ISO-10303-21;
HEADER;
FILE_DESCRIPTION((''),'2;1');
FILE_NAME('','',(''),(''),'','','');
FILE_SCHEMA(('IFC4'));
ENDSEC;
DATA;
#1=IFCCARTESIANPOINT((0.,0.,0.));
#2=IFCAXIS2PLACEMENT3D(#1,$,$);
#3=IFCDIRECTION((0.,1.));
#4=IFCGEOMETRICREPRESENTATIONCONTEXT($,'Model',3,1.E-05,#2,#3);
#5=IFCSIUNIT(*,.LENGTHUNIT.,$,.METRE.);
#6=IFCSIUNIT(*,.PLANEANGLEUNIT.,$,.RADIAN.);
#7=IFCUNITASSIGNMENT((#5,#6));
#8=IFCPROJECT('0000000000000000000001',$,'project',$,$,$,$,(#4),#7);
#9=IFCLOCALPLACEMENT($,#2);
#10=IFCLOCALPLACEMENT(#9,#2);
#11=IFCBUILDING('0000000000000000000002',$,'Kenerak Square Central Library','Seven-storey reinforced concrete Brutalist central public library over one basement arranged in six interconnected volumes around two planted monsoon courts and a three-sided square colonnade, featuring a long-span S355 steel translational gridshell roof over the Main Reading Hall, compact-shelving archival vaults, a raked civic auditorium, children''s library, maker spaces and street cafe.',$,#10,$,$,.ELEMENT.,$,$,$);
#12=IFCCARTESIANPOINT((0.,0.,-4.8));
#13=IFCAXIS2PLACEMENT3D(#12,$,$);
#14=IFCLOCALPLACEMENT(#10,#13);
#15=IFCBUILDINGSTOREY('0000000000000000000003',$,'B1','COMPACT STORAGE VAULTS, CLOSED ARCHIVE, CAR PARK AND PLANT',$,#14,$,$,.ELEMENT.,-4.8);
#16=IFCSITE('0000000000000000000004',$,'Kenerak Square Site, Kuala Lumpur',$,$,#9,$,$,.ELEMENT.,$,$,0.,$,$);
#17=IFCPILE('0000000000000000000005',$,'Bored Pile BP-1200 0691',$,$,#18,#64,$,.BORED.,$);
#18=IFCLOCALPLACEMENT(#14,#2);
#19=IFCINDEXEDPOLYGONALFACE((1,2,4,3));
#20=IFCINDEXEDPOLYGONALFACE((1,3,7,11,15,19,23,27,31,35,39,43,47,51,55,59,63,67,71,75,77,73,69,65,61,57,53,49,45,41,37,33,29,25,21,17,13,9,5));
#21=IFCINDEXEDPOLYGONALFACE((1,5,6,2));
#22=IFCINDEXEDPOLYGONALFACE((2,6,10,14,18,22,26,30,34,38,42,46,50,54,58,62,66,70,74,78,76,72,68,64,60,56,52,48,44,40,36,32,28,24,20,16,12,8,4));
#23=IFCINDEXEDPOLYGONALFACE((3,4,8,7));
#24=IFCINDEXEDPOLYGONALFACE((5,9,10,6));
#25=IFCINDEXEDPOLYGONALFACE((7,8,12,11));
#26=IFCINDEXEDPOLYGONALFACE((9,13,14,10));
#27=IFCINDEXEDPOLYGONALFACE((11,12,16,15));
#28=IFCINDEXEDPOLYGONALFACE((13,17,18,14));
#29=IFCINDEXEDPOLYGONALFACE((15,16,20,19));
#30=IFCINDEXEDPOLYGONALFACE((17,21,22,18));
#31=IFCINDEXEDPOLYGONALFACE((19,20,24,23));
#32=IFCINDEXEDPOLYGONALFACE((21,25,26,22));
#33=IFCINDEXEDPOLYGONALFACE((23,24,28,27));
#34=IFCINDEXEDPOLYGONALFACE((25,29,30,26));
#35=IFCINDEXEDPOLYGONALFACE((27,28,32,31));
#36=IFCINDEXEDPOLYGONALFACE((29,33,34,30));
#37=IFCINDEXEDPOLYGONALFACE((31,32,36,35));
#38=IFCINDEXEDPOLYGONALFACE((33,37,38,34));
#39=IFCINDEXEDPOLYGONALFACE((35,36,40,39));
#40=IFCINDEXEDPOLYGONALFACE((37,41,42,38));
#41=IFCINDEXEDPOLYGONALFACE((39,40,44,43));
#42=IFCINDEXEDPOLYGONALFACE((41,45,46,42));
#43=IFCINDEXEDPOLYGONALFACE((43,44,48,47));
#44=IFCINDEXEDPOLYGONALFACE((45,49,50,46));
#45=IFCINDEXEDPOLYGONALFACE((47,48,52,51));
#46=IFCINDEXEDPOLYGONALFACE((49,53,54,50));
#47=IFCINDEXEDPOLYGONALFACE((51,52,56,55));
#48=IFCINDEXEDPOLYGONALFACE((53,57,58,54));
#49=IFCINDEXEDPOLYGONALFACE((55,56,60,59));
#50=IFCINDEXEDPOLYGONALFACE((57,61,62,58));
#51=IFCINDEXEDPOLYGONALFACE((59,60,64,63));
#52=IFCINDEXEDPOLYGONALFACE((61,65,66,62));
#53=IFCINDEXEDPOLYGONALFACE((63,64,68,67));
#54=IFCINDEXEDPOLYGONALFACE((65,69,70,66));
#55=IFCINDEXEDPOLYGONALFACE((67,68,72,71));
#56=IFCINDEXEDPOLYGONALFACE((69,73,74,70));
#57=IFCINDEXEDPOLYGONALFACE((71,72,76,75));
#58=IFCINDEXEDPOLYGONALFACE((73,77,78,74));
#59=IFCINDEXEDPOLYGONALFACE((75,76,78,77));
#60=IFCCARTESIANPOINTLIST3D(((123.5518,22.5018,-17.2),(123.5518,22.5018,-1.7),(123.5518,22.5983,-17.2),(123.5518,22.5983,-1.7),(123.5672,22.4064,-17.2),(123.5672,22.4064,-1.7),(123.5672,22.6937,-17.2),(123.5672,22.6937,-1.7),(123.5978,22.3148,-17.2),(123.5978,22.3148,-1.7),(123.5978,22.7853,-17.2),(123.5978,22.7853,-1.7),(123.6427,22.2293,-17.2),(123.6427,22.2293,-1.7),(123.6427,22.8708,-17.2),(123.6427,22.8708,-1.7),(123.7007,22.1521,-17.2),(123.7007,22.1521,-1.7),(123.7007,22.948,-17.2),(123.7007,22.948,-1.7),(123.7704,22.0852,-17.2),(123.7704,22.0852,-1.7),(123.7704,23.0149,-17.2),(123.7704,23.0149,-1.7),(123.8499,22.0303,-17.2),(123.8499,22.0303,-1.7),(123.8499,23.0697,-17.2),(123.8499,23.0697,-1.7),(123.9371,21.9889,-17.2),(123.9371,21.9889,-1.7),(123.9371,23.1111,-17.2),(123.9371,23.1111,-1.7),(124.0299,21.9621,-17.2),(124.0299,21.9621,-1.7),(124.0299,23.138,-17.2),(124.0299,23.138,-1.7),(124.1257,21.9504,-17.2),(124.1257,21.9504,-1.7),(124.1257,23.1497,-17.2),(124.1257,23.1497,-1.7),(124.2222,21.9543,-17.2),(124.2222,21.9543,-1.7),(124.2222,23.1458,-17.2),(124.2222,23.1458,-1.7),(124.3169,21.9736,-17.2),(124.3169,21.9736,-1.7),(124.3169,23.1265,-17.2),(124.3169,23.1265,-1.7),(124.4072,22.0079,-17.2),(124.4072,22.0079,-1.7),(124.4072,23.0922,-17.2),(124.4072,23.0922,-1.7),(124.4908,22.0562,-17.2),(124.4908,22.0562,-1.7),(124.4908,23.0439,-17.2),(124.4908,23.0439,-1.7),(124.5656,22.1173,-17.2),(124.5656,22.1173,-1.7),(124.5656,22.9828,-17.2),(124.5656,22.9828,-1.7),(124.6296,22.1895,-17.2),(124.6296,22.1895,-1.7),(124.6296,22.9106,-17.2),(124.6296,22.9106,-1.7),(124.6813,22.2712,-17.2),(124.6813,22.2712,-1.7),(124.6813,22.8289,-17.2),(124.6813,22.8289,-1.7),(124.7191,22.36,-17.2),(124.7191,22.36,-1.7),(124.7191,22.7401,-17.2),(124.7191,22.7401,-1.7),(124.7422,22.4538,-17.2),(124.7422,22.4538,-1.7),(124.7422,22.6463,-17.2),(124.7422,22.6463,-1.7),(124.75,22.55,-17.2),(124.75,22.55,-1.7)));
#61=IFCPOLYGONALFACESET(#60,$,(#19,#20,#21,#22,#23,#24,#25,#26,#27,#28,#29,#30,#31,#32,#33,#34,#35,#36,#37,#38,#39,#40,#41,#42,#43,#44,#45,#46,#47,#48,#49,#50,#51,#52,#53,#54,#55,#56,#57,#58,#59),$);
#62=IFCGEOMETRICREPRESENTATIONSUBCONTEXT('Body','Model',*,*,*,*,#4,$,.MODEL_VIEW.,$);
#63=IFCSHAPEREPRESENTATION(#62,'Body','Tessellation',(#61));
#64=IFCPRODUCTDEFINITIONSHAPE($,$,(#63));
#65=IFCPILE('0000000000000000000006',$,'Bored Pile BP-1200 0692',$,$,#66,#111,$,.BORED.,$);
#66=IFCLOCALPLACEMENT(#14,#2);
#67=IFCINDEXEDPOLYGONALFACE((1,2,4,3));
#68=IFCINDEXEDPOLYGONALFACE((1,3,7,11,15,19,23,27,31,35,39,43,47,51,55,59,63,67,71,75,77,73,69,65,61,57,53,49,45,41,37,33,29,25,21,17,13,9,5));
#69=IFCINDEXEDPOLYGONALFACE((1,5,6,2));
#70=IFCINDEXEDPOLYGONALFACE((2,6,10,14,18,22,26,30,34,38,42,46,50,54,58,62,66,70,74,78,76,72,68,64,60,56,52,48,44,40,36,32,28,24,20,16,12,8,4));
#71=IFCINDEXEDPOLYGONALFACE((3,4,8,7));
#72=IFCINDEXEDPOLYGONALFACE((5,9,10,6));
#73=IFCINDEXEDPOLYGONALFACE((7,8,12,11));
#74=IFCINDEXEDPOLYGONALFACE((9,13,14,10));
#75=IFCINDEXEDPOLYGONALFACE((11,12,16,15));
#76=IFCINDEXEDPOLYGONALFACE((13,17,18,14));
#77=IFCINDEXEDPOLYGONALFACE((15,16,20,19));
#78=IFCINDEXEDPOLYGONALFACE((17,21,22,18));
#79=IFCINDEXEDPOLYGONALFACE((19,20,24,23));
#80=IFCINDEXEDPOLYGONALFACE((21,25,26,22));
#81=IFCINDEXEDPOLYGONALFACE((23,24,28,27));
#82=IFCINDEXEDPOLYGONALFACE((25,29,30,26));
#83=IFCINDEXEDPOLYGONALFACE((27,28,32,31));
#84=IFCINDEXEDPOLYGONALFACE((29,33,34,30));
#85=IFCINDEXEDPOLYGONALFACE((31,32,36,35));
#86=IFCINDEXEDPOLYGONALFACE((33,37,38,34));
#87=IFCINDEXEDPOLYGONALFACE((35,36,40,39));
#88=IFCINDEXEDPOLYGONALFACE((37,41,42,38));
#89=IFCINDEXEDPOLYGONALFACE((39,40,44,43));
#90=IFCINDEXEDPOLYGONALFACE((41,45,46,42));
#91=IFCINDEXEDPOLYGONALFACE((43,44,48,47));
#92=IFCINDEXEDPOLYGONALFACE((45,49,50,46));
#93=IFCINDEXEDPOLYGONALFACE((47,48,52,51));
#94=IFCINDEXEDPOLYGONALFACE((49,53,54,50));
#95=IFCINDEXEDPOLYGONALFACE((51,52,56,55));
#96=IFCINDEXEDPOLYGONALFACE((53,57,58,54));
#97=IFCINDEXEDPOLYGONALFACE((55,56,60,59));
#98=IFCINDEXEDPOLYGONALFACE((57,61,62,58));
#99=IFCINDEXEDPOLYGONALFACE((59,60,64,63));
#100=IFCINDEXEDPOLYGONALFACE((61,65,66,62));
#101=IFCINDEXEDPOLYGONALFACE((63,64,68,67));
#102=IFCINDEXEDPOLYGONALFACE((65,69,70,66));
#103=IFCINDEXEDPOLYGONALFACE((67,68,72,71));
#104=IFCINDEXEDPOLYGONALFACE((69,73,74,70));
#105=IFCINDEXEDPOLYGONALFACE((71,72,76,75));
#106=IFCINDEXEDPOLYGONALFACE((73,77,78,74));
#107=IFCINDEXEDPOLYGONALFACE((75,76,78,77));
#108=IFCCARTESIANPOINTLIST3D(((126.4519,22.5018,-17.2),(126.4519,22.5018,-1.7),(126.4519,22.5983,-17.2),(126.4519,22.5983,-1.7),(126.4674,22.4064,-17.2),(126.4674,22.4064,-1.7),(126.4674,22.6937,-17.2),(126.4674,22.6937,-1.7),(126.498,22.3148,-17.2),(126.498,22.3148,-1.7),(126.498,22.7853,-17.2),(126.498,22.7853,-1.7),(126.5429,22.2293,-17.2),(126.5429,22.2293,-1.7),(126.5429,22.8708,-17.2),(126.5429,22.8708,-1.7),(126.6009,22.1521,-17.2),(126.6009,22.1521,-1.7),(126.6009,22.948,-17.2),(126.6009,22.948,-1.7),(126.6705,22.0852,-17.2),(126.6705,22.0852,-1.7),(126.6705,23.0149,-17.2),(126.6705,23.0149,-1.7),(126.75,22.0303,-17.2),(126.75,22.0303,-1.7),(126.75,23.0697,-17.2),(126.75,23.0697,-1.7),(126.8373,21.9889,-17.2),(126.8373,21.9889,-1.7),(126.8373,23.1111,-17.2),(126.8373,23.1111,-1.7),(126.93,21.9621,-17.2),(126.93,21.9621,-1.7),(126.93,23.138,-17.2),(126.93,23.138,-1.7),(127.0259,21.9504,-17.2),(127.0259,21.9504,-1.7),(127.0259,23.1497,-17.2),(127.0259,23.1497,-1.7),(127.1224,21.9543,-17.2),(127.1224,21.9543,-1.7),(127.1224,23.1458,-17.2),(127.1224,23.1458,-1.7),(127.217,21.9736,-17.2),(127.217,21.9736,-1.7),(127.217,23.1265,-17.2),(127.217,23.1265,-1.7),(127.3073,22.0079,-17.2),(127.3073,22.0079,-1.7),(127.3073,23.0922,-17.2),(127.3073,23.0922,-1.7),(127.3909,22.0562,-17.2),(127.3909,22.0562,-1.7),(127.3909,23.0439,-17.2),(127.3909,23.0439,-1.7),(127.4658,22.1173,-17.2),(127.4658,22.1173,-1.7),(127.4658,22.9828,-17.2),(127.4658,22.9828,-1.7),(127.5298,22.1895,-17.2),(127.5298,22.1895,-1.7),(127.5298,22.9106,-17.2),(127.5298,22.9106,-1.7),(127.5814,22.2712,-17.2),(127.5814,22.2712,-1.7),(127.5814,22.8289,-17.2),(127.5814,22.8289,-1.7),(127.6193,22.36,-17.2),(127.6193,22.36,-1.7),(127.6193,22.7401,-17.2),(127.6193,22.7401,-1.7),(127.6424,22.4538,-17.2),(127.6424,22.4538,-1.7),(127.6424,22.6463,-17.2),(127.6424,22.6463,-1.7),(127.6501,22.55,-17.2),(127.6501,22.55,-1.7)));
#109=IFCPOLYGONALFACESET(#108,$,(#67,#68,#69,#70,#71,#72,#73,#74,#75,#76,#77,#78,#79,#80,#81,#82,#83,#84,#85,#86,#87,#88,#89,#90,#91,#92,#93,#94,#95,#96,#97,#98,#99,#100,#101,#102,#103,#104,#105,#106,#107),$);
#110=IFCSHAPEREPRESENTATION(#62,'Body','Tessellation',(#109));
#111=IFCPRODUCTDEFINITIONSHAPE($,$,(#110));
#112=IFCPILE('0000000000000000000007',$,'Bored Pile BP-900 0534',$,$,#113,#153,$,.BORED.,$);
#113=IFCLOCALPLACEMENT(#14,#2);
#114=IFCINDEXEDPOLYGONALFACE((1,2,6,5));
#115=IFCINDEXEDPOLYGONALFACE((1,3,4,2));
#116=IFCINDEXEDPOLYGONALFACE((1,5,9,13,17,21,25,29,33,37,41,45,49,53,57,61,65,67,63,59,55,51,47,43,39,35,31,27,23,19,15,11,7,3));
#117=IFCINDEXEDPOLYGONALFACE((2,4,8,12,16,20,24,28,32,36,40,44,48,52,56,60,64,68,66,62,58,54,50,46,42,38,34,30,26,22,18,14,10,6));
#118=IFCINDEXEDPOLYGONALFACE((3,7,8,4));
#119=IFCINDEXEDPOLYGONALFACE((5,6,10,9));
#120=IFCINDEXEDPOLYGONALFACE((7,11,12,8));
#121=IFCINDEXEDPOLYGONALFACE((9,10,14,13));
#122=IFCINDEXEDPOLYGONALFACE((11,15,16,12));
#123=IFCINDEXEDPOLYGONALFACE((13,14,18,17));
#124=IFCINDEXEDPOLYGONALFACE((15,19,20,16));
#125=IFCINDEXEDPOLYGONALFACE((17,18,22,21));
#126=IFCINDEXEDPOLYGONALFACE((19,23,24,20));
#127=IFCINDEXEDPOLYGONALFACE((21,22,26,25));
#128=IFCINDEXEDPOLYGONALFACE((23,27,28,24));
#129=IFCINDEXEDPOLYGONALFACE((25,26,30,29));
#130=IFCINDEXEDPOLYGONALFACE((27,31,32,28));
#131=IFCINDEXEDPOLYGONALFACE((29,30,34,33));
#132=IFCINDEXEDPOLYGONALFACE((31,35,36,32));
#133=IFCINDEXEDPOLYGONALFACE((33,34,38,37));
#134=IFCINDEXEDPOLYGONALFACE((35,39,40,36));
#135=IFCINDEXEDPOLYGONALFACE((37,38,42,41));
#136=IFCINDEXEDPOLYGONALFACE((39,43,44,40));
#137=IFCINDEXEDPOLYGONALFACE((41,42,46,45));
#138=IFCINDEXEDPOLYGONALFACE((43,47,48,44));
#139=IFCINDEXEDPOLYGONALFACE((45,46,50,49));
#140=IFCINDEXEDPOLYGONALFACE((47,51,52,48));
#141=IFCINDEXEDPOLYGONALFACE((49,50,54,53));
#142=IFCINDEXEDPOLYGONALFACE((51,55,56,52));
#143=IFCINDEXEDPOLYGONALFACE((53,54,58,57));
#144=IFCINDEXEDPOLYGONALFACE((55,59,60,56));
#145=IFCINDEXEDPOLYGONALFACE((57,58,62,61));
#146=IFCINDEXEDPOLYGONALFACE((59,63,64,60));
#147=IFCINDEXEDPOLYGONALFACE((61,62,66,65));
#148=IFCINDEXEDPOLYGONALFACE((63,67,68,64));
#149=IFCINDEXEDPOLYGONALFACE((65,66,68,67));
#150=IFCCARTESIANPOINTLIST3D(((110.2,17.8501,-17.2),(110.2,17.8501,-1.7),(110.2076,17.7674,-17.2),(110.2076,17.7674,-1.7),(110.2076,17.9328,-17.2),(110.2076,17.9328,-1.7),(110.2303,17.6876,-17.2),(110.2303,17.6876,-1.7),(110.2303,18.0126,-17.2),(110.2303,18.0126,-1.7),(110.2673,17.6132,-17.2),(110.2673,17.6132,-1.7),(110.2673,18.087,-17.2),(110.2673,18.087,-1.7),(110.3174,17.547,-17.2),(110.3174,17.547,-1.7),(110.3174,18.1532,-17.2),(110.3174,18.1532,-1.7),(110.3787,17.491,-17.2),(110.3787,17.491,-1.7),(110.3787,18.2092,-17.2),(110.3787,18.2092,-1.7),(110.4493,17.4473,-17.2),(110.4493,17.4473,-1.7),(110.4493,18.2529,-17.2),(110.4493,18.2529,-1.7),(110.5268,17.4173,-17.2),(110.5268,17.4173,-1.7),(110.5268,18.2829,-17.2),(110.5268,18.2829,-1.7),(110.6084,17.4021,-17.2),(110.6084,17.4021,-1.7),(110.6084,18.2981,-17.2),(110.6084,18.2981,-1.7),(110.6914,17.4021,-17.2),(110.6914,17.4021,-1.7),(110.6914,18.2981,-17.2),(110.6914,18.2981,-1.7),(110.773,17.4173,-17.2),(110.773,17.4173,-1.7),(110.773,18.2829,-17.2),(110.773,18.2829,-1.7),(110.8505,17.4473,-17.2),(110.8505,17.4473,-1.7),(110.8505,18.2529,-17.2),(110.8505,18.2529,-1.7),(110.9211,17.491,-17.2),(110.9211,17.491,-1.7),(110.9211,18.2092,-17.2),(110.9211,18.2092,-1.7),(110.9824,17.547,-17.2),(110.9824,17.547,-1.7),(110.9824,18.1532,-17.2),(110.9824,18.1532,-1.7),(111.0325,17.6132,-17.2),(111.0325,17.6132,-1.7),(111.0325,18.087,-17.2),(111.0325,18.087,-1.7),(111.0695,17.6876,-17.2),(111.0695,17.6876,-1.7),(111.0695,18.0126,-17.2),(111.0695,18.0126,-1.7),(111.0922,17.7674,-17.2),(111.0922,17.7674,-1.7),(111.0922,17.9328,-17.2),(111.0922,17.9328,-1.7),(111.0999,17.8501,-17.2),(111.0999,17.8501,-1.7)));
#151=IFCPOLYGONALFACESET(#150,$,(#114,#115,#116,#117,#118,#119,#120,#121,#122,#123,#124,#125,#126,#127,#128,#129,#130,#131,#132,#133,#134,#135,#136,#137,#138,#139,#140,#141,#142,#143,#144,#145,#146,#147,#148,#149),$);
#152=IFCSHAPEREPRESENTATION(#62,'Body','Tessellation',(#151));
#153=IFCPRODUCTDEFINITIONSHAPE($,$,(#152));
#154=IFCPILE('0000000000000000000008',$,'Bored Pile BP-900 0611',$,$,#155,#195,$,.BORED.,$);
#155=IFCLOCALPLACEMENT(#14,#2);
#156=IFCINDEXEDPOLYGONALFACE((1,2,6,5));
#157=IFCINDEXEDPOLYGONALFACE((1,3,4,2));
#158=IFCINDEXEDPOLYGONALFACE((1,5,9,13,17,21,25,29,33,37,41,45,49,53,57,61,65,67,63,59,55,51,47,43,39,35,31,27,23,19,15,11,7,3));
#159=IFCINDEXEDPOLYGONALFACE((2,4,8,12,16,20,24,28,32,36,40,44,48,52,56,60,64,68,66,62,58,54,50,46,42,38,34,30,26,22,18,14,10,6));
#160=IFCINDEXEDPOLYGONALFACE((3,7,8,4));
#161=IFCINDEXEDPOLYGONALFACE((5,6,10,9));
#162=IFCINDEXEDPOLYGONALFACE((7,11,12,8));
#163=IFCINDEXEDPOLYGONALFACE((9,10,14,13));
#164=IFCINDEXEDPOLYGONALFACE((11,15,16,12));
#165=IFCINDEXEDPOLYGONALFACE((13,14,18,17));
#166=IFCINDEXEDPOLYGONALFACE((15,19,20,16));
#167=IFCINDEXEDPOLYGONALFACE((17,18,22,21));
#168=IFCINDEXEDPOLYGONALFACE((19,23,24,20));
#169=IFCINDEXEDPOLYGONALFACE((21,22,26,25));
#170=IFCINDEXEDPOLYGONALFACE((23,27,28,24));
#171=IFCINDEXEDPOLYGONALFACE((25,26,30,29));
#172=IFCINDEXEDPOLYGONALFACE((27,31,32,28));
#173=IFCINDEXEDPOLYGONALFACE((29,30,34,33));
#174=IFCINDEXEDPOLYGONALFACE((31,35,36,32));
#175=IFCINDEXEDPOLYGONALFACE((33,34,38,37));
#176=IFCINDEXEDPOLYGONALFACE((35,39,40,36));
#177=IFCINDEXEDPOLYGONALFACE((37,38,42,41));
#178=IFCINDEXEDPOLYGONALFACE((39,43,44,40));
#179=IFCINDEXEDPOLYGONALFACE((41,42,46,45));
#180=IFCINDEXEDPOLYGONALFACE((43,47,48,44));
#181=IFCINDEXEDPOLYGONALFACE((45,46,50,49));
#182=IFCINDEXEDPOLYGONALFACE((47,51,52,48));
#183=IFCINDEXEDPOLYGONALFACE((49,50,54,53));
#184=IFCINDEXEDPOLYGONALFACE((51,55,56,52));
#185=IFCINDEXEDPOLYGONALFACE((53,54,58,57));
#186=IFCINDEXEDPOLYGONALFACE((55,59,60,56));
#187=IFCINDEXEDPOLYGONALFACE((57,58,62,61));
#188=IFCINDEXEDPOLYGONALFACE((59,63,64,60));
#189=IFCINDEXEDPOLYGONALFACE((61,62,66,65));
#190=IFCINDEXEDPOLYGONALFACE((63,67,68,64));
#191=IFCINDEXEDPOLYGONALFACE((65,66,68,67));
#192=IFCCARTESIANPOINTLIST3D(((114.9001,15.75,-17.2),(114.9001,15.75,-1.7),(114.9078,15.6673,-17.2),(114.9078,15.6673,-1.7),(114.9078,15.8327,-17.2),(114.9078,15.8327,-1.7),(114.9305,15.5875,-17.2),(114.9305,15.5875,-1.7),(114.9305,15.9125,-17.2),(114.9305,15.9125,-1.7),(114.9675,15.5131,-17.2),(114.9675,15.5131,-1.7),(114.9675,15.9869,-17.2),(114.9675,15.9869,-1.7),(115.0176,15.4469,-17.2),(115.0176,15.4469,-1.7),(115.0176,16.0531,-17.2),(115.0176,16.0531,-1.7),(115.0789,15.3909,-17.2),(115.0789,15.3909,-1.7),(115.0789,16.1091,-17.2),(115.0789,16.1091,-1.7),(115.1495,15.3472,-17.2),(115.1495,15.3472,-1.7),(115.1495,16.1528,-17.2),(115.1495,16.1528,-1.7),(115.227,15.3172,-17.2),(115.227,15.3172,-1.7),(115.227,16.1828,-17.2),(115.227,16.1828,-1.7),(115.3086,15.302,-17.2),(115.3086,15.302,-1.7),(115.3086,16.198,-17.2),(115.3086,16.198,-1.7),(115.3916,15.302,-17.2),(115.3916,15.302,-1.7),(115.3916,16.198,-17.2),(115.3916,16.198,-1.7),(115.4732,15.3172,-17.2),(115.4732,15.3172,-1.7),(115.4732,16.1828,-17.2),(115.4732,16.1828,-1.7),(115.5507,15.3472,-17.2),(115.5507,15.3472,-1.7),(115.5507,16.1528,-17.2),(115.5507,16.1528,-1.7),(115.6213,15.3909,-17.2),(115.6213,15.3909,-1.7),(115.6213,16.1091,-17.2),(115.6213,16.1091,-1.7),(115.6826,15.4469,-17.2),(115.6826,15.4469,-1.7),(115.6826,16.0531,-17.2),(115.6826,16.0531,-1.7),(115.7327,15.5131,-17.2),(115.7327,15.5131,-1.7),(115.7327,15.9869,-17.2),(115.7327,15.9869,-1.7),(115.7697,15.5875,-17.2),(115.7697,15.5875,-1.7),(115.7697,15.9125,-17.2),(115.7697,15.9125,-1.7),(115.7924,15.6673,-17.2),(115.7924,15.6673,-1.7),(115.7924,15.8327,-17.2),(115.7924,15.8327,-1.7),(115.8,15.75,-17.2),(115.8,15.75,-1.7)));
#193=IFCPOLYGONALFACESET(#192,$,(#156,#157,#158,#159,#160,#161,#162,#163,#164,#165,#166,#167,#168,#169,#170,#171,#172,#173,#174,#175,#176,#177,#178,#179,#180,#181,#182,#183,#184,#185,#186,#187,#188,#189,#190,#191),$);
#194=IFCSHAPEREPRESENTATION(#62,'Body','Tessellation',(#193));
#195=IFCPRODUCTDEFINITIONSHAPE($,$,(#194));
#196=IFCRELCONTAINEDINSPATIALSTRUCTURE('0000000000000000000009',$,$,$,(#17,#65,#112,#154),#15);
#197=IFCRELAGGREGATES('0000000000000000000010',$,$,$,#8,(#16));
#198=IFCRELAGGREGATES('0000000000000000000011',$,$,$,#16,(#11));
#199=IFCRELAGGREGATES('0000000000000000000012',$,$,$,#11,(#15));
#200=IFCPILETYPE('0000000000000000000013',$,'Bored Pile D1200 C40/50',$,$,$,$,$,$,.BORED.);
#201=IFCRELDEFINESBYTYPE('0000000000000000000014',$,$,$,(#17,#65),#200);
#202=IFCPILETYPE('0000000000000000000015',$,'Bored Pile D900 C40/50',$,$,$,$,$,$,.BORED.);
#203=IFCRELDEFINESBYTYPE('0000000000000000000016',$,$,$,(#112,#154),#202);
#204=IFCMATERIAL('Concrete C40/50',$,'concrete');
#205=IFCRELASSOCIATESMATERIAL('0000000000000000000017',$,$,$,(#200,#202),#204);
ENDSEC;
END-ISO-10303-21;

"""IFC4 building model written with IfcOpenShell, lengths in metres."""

from ifc_helpers import new_model, si_unit, direction, frame, origin, origin_2d, place, context, subcontext, project, spatial, circle, extrude, material, material_profile, profile_set, type_object, element, save


model = new_model("IFC4")

# Units and contexts
model_context = context("Model", 3, precision=1e-05, world=origin(), true_north=direction((0.0, 1.0)))
body_context = subcontext(model_context, "Body", "Model", "MODEL_VIEW")
ifc_project = project(units=[si_unit("LENGTHUNIT", "METRE"), si_unit("PLANEANGLEUNIT", "RADIAN")], contexts=[model_context])

# Site, building, storey
site_placement = place(None, origin())
site = spatial("IfcSite", under=ifc_project, at=site_placement, Name="Kenerak Square Site, Kuala Lumpur", CompositionType="ELEMENT", RefElevation=0.0)
building_placement = place(site_placement, origin())
building = spatial("IfcBuilding", under=site, at=building_placement, Name="Kenerak Square Central Library", Description="Seven-storey reinforced concrete Brutalist central public library over one basement arranged in six interconnected volumes around two planted monsoon courts and a three-sided square colonnade, featuring a long-span S355 steel translational gridshell roof over the Main Reading Hall, compact-shelving archival vaults, a raked civic auditorium, children's library, maker spaces and street cafe.", CompositionType="ELEMENT")
storey_placement = place(building_placement, frame((0.0, 0.0, -4.8)))
storey = spatial("IfcBuildingStorey", under=building, at=storey_placement, Name="B1", Description="COMPACT STORAGE VAULTS, CLOSED ARCHIVE, CAR PARK AND PLANT", CompositionType="ELEMENT", Elevation=-4.8)

# Piles
ifc_material_1 = material(Name="Concrete C40/50", Category="concrete")
ifc_material_profile_1 = material_profile(ifc_material_1, circle(Radius=0.6001, at=origin_2d()), Name="BP D1200")
ifc_profile_set_1 = profile_set([ifc_material_profile_1], Name="Concrete C40/50")
pile_type_1 = type_object("IfcPileType", Name="Bored Pile D1200 C40/50", PredefinedType="BORED", material=ifc_profile_set_1)
for number, where, z_axis, x_axis, name in (
    (1, (124.1499, 22.55, -1.7), (0.0, 0.0, -1.0), (1.0, 0.0, 0.0), "Bored Pile BP-1200 0691"),
    (2, (127.05, 22.55, -1.7), (0.0, 0.0, -1.0), (1.0, 0.0, 0.0), "Bored Pile BP-1200 0692"),
):
    element("IfcPile", number, at=place(storey_placement, frame(where, z_axis=z_axis, x_axis=x_axis)), inside=storey, type_object=pile_type_1, Name=name, PredefinedType="BORED", context=body_context, shape_type="SweptSolid", body=[
        extrude(circle(Radius=0.6001, at=origin_2d()), origin(), (0.0, 0.0, 1.0), 15.5),
    ])
ifc_material_profile_2 = material_profile(ifc_material_1, circle(Radius=0.45, at=origin_2d()), Name="BP D900")
ifc_profile_set_2 = profile_set([ifc_material_profile_2], Name="Concrete C40/50")
pile_type_2 = type_object("IfcPileType", Name="Bored Pile D900 C40/50", PredefinedType="BORED", material=ifc_profile_set_2)
for number, where, z_axis, x_axis, name in (
    (3, (110.6499, 17.8501, -1.7), (0.0, 0.0, -1.0), (1.0, 0.0, 0.0), "Bored Pile BP-900 0534"),
    (4, (115.3501, 15.75, -1.7), (0.0, 0.0, -1.0), (1.0, 0.0, 0.0), "Bored Pile BP-900 0611"),
):
    element("IfcPile", number, at=place(storey_placement, frame(where, z_axis=z_axis, x_axis=x_axis)), inside=storey, type_object=pile_type_2, Name=name, PredefinedType="BORED", context=body_context, shape_type="SweptSolid", body=[
        extrude(circle(Radius=0.45, at=origin_2d()), origin(), (0.0, 0.0, 1.0), 15.5),
    ])

save(model, "model.ifc")
